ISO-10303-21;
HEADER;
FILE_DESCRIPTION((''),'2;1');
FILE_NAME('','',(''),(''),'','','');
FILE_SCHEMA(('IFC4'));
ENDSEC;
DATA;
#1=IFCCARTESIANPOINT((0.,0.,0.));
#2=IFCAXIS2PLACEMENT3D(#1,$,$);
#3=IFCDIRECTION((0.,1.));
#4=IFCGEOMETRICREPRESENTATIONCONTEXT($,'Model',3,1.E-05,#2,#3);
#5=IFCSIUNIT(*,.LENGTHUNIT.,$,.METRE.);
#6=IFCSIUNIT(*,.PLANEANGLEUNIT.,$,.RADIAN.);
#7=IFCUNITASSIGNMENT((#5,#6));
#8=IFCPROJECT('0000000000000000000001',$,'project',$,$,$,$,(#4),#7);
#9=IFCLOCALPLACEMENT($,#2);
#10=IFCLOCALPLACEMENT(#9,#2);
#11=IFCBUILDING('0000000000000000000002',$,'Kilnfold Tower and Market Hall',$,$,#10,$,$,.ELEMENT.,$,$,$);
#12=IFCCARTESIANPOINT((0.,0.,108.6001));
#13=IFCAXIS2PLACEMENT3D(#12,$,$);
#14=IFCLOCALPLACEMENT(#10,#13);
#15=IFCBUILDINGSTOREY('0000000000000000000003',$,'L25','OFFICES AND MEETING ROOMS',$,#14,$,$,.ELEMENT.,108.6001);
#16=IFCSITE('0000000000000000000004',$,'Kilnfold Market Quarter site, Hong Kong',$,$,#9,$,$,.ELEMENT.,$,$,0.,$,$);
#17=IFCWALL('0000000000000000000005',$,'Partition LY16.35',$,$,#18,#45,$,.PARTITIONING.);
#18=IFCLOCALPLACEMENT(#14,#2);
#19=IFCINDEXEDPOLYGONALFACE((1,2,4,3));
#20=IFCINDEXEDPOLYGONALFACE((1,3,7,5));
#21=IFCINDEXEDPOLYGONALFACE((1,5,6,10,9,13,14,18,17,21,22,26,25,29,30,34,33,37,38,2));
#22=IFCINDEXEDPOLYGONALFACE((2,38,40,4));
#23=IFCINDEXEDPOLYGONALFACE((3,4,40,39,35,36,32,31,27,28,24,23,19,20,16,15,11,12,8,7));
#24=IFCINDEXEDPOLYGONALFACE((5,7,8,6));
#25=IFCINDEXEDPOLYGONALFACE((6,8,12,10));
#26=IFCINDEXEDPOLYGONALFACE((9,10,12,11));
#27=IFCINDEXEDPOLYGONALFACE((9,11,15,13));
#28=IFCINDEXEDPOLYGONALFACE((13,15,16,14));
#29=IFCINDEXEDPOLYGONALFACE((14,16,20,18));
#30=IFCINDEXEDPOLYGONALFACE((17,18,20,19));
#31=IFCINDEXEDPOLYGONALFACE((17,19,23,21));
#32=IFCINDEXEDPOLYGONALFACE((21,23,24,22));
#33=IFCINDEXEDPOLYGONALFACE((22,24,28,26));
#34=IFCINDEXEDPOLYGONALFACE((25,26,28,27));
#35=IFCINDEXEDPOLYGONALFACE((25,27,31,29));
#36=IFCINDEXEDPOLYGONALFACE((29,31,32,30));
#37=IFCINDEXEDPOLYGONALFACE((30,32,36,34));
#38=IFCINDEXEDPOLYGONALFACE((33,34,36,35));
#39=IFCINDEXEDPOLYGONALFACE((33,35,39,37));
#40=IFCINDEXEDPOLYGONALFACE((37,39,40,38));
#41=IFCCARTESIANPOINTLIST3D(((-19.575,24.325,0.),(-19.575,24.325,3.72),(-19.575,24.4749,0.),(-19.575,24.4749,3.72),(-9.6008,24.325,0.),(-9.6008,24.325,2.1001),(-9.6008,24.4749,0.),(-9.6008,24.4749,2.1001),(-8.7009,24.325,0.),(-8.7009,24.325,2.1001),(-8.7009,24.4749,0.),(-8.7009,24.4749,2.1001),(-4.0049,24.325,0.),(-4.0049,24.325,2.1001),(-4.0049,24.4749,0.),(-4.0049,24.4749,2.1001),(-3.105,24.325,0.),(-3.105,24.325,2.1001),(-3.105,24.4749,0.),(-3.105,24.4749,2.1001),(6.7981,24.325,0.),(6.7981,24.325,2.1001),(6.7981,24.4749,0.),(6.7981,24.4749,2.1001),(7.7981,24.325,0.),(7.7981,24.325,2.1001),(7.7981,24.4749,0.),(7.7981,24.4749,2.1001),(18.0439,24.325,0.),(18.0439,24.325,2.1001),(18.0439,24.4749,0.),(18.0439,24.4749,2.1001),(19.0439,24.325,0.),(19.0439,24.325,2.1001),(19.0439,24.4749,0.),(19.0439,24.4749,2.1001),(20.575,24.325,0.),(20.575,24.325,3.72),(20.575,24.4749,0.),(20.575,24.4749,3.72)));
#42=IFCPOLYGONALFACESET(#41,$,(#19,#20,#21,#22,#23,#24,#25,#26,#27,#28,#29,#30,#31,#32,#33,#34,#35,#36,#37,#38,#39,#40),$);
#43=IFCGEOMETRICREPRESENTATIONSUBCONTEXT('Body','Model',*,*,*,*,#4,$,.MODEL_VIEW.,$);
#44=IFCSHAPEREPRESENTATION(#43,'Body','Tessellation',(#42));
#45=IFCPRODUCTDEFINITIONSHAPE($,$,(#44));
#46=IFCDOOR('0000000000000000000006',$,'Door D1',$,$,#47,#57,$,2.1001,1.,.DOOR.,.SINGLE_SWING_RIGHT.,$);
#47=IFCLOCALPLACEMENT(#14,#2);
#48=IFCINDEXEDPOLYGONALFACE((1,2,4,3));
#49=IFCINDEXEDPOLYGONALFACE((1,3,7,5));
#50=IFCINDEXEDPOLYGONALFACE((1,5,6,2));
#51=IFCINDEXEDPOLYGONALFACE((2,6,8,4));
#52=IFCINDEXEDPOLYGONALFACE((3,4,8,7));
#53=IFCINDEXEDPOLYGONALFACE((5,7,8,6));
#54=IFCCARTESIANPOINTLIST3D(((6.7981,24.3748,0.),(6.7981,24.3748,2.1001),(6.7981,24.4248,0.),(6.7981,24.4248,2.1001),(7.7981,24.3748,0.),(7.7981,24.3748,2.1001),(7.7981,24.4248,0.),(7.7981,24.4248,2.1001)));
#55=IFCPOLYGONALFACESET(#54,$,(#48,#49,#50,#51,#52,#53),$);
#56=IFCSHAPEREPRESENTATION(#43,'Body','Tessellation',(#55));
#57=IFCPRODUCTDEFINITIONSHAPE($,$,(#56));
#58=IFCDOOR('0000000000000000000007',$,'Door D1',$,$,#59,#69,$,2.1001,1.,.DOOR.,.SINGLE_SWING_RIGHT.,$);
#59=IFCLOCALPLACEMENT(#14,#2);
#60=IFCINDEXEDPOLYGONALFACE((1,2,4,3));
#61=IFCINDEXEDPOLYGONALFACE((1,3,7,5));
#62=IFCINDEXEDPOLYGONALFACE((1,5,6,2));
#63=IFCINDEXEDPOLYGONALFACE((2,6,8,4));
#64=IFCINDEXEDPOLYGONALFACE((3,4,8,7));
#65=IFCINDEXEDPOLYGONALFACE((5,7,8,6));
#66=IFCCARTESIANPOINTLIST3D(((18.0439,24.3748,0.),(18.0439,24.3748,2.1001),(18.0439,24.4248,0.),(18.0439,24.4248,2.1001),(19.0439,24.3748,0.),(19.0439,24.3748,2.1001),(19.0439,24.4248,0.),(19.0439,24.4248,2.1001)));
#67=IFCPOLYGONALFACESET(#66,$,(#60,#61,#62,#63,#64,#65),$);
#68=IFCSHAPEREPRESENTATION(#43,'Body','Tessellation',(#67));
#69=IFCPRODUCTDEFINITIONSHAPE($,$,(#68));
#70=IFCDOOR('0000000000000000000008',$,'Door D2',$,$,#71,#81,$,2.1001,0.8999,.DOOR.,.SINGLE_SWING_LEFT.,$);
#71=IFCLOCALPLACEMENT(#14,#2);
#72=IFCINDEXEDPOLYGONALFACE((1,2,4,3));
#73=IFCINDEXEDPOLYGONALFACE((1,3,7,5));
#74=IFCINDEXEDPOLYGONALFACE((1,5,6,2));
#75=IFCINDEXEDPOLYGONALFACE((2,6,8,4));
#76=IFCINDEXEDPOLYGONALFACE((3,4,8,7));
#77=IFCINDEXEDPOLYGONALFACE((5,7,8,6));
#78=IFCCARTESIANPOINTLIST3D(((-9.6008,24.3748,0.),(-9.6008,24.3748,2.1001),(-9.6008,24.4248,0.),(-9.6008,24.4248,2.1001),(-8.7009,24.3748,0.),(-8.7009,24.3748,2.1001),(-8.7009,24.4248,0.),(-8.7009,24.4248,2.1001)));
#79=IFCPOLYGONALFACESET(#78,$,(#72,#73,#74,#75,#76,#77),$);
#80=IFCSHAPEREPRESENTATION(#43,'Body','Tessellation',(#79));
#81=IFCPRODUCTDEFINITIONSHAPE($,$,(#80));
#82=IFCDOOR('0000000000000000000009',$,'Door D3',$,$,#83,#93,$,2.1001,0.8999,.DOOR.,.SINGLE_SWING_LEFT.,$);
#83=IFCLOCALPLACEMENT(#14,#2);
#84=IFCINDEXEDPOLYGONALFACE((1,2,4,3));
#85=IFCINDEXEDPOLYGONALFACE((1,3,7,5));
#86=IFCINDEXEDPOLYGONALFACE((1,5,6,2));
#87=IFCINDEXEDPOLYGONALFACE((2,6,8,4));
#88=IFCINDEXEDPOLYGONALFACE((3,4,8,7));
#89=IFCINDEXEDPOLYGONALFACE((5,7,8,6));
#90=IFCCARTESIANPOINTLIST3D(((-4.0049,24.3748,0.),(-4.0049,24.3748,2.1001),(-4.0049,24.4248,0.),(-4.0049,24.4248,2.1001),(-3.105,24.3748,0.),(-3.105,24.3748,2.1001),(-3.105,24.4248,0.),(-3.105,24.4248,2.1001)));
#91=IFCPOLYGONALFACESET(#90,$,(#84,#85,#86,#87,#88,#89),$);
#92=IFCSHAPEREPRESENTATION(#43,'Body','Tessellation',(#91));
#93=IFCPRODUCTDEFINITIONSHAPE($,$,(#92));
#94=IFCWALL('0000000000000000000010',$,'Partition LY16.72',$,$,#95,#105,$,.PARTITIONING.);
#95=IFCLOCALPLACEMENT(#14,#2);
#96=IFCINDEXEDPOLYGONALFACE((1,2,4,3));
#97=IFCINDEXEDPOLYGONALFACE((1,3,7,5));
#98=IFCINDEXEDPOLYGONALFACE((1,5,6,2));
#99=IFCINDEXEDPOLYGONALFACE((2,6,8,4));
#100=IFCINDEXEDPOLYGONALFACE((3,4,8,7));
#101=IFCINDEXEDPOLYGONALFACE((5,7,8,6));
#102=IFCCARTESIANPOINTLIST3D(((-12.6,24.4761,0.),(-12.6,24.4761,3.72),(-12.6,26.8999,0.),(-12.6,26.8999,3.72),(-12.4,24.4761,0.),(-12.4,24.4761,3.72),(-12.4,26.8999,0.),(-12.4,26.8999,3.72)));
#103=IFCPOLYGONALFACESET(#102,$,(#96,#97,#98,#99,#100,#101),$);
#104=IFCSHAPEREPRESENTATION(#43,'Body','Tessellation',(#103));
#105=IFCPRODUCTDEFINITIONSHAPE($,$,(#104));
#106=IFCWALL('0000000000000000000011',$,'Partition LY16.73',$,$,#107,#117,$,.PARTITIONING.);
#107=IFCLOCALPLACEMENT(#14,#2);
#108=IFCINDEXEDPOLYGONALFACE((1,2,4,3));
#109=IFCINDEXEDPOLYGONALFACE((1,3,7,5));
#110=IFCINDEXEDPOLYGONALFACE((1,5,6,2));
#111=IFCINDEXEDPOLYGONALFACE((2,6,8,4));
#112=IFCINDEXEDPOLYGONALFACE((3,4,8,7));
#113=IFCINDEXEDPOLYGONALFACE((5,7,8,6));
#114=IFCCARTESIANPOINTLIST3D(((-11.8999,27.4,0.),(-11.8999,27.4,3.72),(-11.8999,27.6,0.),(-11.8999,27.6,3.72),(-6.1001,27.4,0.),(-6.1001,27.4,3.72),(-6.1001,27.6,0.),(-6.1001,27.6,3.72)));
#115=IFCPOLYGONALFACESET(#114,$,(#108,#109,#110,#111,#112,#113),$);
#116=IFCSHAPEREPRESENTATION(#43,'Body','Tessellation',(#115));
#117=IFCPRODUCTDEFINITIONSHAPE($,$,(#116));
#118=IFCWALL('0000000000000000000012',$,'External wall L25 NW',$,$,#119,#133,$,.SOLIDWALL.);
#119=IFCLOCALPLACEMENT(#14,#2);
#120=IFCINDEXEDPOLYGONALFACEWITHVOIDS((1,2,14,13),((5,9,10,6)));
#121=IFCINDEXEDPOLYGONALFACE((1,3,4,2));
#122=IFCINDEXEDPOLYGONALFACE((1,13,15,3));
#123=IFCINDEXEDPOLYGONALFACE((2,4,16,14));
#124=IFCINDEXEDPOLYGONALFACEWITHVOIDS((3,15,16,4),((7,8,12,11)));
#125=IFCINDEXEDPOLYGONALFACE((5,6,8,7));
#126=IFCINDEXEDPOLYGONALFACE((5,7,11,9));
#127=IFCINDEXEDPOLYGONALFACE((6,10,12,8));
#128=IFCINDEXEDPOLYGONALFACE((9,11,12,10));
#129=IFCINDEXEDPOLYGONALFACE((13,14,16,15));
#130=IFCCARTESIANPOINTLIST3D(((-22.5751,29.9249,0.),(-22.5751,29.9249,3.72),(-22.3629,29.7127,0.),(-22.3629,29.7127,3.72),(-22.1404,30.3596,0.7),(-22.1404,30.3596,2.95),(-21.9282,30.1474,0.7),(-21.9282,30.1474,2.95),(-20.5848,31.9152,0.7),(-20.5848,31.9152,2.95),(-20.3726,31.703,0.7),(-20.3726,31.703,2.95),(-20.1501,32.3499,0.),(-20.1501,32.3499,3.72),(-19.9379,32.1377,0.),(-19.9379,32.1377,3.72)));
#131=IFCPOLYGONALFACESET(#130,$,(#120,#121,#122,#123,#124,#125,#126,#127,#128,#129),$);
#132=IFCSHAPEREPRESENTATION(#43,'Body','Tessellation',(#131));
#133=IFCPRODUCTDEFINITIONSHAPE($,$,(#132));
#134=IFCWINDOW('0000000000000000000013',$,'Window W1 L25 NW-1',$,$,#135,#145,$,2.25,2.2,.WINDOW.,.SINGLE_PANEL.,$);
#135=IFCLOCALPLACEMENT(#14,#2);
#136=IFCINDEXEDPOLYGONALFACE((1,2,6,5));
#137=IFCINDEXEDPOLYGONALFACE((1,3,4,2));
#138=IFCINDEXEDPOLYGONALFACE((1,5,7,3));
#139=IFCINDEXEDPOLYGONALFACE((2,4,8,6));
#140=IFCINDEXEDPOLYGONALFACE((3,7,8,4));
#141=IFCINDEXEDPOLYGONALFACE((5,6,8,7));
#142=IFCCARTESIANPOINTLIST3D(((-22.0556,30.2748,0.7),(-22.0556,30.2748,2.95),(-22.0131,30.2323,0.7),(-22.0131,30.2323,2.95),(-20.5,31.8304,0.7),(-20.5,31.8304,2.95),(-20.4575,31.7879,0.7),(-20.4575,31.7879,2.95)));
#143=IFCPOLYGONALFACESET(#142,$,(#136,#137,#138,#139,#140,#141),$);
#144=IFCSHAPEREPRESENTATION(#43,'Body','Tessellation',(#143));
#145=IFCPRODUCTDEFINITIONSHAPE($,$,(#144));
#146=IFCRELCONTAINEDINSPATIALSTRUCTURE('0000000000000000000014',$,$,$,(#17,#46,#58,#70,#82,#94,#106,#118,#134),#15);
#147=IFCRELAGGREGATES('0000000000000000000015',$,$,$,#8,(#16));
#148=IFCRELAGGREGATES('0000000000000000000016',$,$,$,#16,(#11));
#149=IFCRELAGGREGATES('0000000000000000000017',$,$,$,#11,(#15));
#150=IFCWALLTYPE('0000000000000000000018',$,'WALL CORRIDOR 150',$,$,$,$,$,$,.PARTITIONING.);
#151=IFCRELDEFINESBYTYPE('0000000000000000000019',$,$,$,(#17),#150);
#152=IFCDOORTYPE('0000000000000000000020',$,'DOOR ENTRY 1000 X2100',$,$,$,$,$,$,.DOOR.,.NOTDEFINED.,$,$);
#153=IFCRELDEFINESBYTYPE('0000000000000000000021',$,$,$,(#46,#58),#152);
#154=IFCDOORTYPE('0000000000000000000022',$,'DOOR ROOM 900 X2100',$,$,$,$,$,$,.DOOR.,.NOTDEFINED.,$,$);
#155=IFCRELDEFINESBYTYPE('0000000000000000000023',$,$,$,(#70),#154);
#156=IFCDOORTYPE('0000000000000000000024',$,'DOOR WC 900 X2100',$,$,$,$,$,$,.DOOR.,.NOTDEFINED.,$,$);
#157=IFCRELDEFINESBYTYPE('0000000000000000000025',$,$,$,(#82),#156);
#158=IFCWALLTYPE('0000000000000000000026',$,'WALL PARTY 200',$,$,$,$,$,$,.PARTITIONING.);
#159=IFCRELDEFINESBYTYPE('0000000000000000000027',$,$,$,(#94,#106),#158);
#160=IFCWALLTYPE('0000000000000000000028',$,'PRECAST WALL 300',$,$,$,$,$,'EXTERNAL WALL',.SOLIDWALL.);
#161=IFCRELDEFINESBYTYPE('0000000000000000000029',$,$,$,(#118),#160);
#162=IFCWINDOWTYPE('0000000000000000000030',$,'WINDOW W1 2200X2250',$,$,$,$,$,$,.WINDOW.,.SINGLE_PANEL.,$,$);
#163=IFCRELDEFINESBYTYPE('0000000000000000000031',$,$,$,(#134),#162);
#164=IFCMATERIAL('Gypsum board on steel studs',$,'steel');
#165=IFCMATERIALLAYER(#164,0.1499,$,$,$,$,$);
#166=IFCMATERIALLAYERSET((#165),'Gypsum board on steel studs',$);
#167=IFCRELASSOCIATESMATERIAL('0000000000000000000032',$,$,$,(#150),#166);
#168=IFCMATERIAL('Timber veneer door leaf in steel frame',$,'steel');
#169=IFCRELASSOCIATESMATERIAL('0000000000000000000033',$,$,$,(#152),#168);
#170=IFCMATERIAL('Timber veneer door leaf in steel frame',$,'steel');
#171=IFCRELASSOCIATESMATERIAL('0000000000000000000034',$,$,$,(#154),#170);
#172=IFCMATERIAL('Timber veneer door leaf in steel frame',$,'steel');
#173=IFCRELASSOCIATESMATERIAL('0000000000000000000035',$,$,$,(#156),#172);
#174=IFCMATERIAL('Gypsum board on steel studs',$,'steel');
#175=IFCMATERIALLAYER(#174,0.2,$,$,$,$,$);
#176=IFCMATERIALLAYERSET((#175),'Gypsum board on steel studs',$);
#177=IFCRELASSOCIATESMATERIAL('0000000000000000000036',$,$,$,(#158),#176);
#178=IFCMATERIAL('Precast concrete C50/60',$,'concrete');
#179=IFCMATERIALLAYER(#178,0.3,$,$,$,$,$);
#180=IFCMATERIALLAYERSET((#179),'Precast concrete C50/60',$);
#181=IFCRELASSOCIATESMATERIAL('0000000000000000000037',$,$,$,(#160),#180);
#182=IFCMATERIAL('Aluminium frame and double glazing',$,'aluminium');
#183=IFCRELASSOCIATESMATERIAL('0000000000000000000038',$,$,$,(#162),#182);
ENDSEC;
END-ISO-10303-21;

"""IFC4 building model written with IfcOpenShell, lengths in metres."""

from ifc_helpers import new_model, si_unit, direction, frame, frame_2d, origin, place, context, subcontext, project, spatial, rectangle, extrude, source, transform, mapped, material, layer, layer_set, type_object, element, fill, save


model = new_model("IFC4")

# Units and contexts
model_context = context("Model", 3, precision=1e-05, world=origin(), true_north=direction((0.0, 1.0)))
body_context = subcontext(model_context, "Body", "Model", "MODEL_VIEW")
ifc_project = project(units=[si_unit("LENGTHUNIT", "METRE"), si_unit("PLANEANGLEUNIT", "RADIAN")], contexts=[model_context])

# Site, building, storey
site_placement = place(None, origin())
site = spatial("IfcSite", under=ifc_project, at=site_placement, Name="Kilnfold Market Quarter site, Hong Kong", CompositionType="ELEMENT", RefElevation=0.0)
building_placement = place(site_placement, origin())
building = spatial("IfcBuilding", under=site, at=building_placement, Name="Kilnfold Tower and Market Hall", CompositionType="ELEMENT")
storey_placement = place(building_placement, frame((0.0, 0.0, 108.6001)))
storey = spatial("IfcBuildingStorey", under=building, at=storey_placement, Name="L25", Description="OFFICES AND MEETING ROOMS", CompositionType="ELEMENT", Elevation=108.6001)

# Wall, openings, doors
ifc_material_1 = material(Name="Gypsum board on steel studs", Category="steel")
ifc_layer_1 = layer(ifc_material_1, 0.1499)
ifc_layer_set_1 = layer_set([ifc_layer_1], Name="Gypsum board on steel studs")
wall_type_1 = type_object("IfcWallType", Name="WALL CORRIDOR 150", PredefinedType="PARTITIONING", material=ifc_layer_set_1)
wall_1_placement = place(storey_placement, frame((-19.575, 24.3999, 0.0), z_axis=(0.0, 0.0, 1.0), x_axis=(1.0, 0.0, 0.0)))
wall_1 = element("IfcWall", 1, at=wall_1_placement, inside=storey, type_object=wall_type_1, Name="Partition LY16.35", PredefinedType="PARTITIONING", context=body_context, shape_type="SweptSolid", body=[
    extrude(rectangle(XDim=40.1499, YDim=0.1499, at=frame_2d((20.075, 0.0))), origin(), (0.0, 0.0, 1.0), 3.72),
])
opening_1_placement = place(wall_1_placement, frame((9.9741, 0.0, 0.0)))
opening_1 = element("IfcOpeningElement", 2, at=opening_1_placement, cuts=wall_1, PredefinedType="OPENING", context=body_context, shape_type="SweptSolid", body=[
    extrude(rectangle(XDim=0.8999, YDim=2.1001, at=frame_2d((0.45, 1.05))), frame((0.0, 0.085, 0.0), z_axis=(0.0, -1.0, 0.0), x_axis=(1.0, 0.0, 0.0)), (0.0, 0.0, 1.0), 0.1699),
])
opening_2_placement = place(wall_1_placement, frame((15.5701, 0.0, 0.0)))
opening_2 = element("IfcOpeningElement", 3, at=opening_2_placement, cuts=wall_1, PredefinedType="OPENING", context=body_context, shape_type="SweptSolid", body=[
    extrude(rectangle(XDim=0.8999, YDim=2.1001, at=frame_2d((0.45, 1.05))), frame((0.0, 0.085, 0.0), z_axis=(0.0, -1.0, 0.0), x_axis=(1.0, 0.0, 0.0)), (0.0, 0.0, 1.0), 0.1699),
])
opening_3_placement = place(wall_1_placement, frame((26.373, 0.0, 0.0)))
opening_3 = element("IfcOpeningElement", 4, at=opening_3_placement, cuts=wall_1, PredefinedType="OPENING", context=body_context, shape_type="SweptSolid", body=[
    extrude(rectangle(XDim=1.0, YDim=2.1001, at=frame_2d((0.5, 1.05))), frame((0.0, 0.085, 0.0), z_axis=(0.0, -1.0, 0.0), x_axis=(1.0, 0.0, 0.0)), (0.0, 0.0, 1.0), 0.1699),
])
opening_4_placement = place(wall_1_placement, frame((37.6189, 0.0, 0.0)))
opening_4 = element("IfcOpeningElement", 5, at=opening_4_placement, cuts=wall_1, PredefinedType="OPENING", context=body_context, shape_type="SweptSolid", body=[
    extrude(rectangle(XDim=1.0, YDim=2.1001, at=frame_2d((0.5, 1.05))), frame((0.0, 0.085, 0.0), z_axis=(0.0, -1.0, 0.0), x_axis=(1.0, 0.0, 0.0)), (0.0, 0.0, 1.0), 0.1699),
])
ifc_material_2 = material(Name="Timber veneer door leaf in steel frame", Category="steel")
door_type_1 = type_object("IfcDoorType", Name="DOOR ENTRY 1000 X2100", OperationType="NOTDEFINED", PredefinedType="DOOR", material=ifc_material_2)
door_1_placement = place(opening_3_placement, origin())
door_1 = element("IfcDoor", 6, at=door_1_placement, inside=storey, type_object=door_type_1, Name="Door D1", OperationType="SINGLE_SWING_RIGHT", OverallHeight=2.1001, OverallWidth=1.0, PredefinedType="DOOR", context=body_context, shape_type="SweptSolid", body=[
    extrude(rectangle(XDim=1.0, YDim=2.1001, at=frame_2d((0.5, 1.05))), frame((0.0, 0.0249, 0.0), z_axis=(0.0, -1.0, 0.0), x_axis=(1.0, 0.0, 0.0)), (0.0, 0.0, 1.0), 0.05),
])
fill(opening_3, door_1)
door_2_placement = place(opening_4_placement, origin())
door_2 = element("IfcDoor", 7, at=door_2_placement, inside=storey, type_object=door_type_1, Name="Door D1", OperationType="SINGLE_SWING_RIGHT", OverallHeight=2.1001, OverallWidth=1.0, PredefinedType="DOOR", context=body_context, shape_type="SweptSolid", body=[
    extrude(rectangle(XDim=1.0, YDim=2.1001, at=frame_2d((0.5, 1.05))), frame((0.0, 0.0249, 0.0), z_axis=(0.0, -1.0, 0.0), x_axis=(1.0, 0.0, 0.0)), (0.0, 0.0, 1.0), 0.05),
])
fill(opening_4, door_2)
ifc_material_3 = material(Name="Timber veneer door leaf in steel frame", Category="steel")
door_type_2 = type_object("IfcDoorType", Name="DOOR ROOM 900 X2100", OperationType="NOTDEFINED", PredefinedType="DOOR", material=ifc_material_3)
door_3_placement = place(opening_1_placement, origin())
door_3 = element("IfcDoor", 8, at=door_3_placement, inside=storey, type_object=door_type_2, Name="Door D2", OperationType="SINGLE_SWING_LEFT", OverallHeight=2.1001, OverallWidth=0.8999, PredefinedType="DOOR", context=body_context, shape_type="SweptSolid", body=[
    extrude(rectangle(XDim=0.8999, YDim=2.1001, at=frame_2d((0.45, 1.05))), frame((0.0, 0.0249, 0.0), z_axis=(0.0, -1.0, 0.0), x_axis=(1.0, 0.0, 0.0)), (0.0, 0.0, 1.0), 0.05),
])
fill(opening_1, door_3)
ifc_material_4 = material(Name="Timber veneer door leaf in steel frame", Category="steel")
door_type_3 = type_object("IfcDoorType", Name="DOOR WC 900 X2100", OperationType="NOTDEFINED", PredefinedType="DOOR", material=ifc_material_4)
door_4_placement = place(opening_2_placement, origin())
door_4 = element("IfcDoor", 9, at=door_4_placement, inside=storey, type_object=door_type_3, Name="Door D3", OperationType="SINGLE_SWING_LEFT", OverallHeight=2.1001, OverallWidth=0.8999, PredefinedType="DOOR", context=body_context, shape_type="SweptSolid", body=[
    extrude(rectangle(XDim=0.8999, YDim=2.1001, at=frame_2d((0.45, 1.05))), frame((0.0, 0.0249, 0.0), z_axis=(0.0, -1.0, 0.0), x_axis=(1.0, 0.0, 0.0)), (0.0, 0.0, 1.0), 0.05),
])
fill(opening_2, door_4)

# Walls
ifc_material_5 = material(Name="Gypsum board on steel studs", Category="steel")
ifc_layer_2 = layer(ifc_material_5, 0.2)
ifc_layer_set_2 = layer_set([ifc_layer_2], Name="Gypsum board on steel studs")
wall_type_2 = type_object("IfcWallType", Name="WALL PARTY 200", PredefinedType="PARTITIONING", material=ifc_layer_set_2)
wall_2_placement = place(storey_placement, frame((-12.5, 26.8999, 0.0), z_axis=(0.0, 0.0, 1.0), x_axis=(0.0, -1.0, 0.0)))
element("IfcWall", 10, at=wall_2_placement, inside=storey, type_object=wall_type_2, Name="Partition LY16.72", PredefinedType="PARTITIONING", context=body_context, shape_type="SweptSolid", body=[
    extrude(rectangle(XDim=2.4238, YDim=0.2, at=frame_2d((1.2119, 0.0))), origin(), (0.0, 0.0, 1.0), 3.72),
])
wall_3_placement = place(storey_placement, frame((-11.8999, 27.5, 0.0), z_axis=(0.0, 0.0, 1.0), x_axis=(1.0, 0.0, 0.0)))
element("IfcWall", 11, at=wall_3_placement, inside=storey, type_object=wall_type_2, Name="Partition LY16.73", PredefinedType="PARTITIONING", context=body_context, shape_type="SweptSolid", body=[
    extrude(rectangle(XDim=5.7998, YDim=0.2, at=frame_2d((2.8999, 0.0))), origin(), (0.0, 0.0, 1.0), 3.72),
])

# Wall, opening, window
ifc_material_6 = material(Name="Precast concrete C50/60", Category="concrete")
ifc_layer_3 = layer(ifc_material_6, 0.3)
ifc_layer_set_3 = layer_set([ifc_layer_3], Name="Precast concrete C50/60")
wall_type_3 = type_object("IfcWallType", Name="PRECAST WALL 300", ElementType="EXTERNAL WALL", PredefinedType="SOLIDWALL", material=ifc_layer_set_3)
shared_shape_1 = source(origin(), body_context, "Body", "SweptSolid", [
    extrude(rectangle(XDim=3.4294, YDim=0.3, at=frame_2d((1.7148, 0.0))), origin(), (0.0, 0.0, 1.0), 3.72),
])
wall_4_placement = place(storey_placement, frame((-20.0439, 32.2439, 0.0), z_axis=(0.0, 0.0, 1.0), x_axis=(-0.707107, -0.707107, 0.0)))
wall_4 = element("IfcWall", 12, at=wall_4_placement, inside=storey, type_object=wall_type_3, Name="External wall L25 NW", PredefinedType="SOLIDWALL", context=body_context, shape_type="MappedRepresentation", body=[
    mapped(shared_shape_1, transform((0.0, 0.0, 0.0))),
])
opening_5_placement = place(wall_4_placement, frame((0.6147, 0.0, 0.7)))
opening_5 = element("IfcOpeningElement", 13, at=opening_5_placement, cuts=wall_4, PredefinedType="OPENING", context=body_context, shape_type="SweptSolid", body=[
    extrude(rectangle(XDim=2.2, YDim=2.25, at=frame_2d((1.1001, 1.125))), frame((0.0, 0.1602, 0.0), z_axis=(0.0, -1.0, 0.0), x_axis=(1.0, 0.0, 0.0)), (0.0, 0.0, 1.0), 0.3201),
])
ifc_material_7 = material(Name="Aluminium frame and double glazing", Category="aluminium")
window_type = type_object("IfcWindowType", Name="WINDOW W1 2200X2250", PartitioningType="SINGLE_PANEL", PredefinedType="WINDOW", material=ifc_material_7)
window_1_placement = place(opening_5_placement, origin())
window_1 = element("IfcWindow", 14, at=window_1_placement, inside=storey, type_object=window_type, Name="Window W1 L25 NW-1", OverallHeight=2.25, OverallWidth=2.2, PartitioningType="SINGLE_PANEL", PredefinedType="WINDOW", context=body_context, shape_type="SweptSolid", body=[
    extrude(rectangle(XDim=2.2, YDim=2.25, at=frame_2d((1.1001, 1.125))), frame((0.0, 0.03, 0.0), z_axis=(0.0, -1.0, 0.0), x_axis=(1.0, 0.0, 0.0)), (0.0, 0.0, 1.0), 0.0601),
])
fill(opening_5, window_1)

save(model, "model.ifc")
